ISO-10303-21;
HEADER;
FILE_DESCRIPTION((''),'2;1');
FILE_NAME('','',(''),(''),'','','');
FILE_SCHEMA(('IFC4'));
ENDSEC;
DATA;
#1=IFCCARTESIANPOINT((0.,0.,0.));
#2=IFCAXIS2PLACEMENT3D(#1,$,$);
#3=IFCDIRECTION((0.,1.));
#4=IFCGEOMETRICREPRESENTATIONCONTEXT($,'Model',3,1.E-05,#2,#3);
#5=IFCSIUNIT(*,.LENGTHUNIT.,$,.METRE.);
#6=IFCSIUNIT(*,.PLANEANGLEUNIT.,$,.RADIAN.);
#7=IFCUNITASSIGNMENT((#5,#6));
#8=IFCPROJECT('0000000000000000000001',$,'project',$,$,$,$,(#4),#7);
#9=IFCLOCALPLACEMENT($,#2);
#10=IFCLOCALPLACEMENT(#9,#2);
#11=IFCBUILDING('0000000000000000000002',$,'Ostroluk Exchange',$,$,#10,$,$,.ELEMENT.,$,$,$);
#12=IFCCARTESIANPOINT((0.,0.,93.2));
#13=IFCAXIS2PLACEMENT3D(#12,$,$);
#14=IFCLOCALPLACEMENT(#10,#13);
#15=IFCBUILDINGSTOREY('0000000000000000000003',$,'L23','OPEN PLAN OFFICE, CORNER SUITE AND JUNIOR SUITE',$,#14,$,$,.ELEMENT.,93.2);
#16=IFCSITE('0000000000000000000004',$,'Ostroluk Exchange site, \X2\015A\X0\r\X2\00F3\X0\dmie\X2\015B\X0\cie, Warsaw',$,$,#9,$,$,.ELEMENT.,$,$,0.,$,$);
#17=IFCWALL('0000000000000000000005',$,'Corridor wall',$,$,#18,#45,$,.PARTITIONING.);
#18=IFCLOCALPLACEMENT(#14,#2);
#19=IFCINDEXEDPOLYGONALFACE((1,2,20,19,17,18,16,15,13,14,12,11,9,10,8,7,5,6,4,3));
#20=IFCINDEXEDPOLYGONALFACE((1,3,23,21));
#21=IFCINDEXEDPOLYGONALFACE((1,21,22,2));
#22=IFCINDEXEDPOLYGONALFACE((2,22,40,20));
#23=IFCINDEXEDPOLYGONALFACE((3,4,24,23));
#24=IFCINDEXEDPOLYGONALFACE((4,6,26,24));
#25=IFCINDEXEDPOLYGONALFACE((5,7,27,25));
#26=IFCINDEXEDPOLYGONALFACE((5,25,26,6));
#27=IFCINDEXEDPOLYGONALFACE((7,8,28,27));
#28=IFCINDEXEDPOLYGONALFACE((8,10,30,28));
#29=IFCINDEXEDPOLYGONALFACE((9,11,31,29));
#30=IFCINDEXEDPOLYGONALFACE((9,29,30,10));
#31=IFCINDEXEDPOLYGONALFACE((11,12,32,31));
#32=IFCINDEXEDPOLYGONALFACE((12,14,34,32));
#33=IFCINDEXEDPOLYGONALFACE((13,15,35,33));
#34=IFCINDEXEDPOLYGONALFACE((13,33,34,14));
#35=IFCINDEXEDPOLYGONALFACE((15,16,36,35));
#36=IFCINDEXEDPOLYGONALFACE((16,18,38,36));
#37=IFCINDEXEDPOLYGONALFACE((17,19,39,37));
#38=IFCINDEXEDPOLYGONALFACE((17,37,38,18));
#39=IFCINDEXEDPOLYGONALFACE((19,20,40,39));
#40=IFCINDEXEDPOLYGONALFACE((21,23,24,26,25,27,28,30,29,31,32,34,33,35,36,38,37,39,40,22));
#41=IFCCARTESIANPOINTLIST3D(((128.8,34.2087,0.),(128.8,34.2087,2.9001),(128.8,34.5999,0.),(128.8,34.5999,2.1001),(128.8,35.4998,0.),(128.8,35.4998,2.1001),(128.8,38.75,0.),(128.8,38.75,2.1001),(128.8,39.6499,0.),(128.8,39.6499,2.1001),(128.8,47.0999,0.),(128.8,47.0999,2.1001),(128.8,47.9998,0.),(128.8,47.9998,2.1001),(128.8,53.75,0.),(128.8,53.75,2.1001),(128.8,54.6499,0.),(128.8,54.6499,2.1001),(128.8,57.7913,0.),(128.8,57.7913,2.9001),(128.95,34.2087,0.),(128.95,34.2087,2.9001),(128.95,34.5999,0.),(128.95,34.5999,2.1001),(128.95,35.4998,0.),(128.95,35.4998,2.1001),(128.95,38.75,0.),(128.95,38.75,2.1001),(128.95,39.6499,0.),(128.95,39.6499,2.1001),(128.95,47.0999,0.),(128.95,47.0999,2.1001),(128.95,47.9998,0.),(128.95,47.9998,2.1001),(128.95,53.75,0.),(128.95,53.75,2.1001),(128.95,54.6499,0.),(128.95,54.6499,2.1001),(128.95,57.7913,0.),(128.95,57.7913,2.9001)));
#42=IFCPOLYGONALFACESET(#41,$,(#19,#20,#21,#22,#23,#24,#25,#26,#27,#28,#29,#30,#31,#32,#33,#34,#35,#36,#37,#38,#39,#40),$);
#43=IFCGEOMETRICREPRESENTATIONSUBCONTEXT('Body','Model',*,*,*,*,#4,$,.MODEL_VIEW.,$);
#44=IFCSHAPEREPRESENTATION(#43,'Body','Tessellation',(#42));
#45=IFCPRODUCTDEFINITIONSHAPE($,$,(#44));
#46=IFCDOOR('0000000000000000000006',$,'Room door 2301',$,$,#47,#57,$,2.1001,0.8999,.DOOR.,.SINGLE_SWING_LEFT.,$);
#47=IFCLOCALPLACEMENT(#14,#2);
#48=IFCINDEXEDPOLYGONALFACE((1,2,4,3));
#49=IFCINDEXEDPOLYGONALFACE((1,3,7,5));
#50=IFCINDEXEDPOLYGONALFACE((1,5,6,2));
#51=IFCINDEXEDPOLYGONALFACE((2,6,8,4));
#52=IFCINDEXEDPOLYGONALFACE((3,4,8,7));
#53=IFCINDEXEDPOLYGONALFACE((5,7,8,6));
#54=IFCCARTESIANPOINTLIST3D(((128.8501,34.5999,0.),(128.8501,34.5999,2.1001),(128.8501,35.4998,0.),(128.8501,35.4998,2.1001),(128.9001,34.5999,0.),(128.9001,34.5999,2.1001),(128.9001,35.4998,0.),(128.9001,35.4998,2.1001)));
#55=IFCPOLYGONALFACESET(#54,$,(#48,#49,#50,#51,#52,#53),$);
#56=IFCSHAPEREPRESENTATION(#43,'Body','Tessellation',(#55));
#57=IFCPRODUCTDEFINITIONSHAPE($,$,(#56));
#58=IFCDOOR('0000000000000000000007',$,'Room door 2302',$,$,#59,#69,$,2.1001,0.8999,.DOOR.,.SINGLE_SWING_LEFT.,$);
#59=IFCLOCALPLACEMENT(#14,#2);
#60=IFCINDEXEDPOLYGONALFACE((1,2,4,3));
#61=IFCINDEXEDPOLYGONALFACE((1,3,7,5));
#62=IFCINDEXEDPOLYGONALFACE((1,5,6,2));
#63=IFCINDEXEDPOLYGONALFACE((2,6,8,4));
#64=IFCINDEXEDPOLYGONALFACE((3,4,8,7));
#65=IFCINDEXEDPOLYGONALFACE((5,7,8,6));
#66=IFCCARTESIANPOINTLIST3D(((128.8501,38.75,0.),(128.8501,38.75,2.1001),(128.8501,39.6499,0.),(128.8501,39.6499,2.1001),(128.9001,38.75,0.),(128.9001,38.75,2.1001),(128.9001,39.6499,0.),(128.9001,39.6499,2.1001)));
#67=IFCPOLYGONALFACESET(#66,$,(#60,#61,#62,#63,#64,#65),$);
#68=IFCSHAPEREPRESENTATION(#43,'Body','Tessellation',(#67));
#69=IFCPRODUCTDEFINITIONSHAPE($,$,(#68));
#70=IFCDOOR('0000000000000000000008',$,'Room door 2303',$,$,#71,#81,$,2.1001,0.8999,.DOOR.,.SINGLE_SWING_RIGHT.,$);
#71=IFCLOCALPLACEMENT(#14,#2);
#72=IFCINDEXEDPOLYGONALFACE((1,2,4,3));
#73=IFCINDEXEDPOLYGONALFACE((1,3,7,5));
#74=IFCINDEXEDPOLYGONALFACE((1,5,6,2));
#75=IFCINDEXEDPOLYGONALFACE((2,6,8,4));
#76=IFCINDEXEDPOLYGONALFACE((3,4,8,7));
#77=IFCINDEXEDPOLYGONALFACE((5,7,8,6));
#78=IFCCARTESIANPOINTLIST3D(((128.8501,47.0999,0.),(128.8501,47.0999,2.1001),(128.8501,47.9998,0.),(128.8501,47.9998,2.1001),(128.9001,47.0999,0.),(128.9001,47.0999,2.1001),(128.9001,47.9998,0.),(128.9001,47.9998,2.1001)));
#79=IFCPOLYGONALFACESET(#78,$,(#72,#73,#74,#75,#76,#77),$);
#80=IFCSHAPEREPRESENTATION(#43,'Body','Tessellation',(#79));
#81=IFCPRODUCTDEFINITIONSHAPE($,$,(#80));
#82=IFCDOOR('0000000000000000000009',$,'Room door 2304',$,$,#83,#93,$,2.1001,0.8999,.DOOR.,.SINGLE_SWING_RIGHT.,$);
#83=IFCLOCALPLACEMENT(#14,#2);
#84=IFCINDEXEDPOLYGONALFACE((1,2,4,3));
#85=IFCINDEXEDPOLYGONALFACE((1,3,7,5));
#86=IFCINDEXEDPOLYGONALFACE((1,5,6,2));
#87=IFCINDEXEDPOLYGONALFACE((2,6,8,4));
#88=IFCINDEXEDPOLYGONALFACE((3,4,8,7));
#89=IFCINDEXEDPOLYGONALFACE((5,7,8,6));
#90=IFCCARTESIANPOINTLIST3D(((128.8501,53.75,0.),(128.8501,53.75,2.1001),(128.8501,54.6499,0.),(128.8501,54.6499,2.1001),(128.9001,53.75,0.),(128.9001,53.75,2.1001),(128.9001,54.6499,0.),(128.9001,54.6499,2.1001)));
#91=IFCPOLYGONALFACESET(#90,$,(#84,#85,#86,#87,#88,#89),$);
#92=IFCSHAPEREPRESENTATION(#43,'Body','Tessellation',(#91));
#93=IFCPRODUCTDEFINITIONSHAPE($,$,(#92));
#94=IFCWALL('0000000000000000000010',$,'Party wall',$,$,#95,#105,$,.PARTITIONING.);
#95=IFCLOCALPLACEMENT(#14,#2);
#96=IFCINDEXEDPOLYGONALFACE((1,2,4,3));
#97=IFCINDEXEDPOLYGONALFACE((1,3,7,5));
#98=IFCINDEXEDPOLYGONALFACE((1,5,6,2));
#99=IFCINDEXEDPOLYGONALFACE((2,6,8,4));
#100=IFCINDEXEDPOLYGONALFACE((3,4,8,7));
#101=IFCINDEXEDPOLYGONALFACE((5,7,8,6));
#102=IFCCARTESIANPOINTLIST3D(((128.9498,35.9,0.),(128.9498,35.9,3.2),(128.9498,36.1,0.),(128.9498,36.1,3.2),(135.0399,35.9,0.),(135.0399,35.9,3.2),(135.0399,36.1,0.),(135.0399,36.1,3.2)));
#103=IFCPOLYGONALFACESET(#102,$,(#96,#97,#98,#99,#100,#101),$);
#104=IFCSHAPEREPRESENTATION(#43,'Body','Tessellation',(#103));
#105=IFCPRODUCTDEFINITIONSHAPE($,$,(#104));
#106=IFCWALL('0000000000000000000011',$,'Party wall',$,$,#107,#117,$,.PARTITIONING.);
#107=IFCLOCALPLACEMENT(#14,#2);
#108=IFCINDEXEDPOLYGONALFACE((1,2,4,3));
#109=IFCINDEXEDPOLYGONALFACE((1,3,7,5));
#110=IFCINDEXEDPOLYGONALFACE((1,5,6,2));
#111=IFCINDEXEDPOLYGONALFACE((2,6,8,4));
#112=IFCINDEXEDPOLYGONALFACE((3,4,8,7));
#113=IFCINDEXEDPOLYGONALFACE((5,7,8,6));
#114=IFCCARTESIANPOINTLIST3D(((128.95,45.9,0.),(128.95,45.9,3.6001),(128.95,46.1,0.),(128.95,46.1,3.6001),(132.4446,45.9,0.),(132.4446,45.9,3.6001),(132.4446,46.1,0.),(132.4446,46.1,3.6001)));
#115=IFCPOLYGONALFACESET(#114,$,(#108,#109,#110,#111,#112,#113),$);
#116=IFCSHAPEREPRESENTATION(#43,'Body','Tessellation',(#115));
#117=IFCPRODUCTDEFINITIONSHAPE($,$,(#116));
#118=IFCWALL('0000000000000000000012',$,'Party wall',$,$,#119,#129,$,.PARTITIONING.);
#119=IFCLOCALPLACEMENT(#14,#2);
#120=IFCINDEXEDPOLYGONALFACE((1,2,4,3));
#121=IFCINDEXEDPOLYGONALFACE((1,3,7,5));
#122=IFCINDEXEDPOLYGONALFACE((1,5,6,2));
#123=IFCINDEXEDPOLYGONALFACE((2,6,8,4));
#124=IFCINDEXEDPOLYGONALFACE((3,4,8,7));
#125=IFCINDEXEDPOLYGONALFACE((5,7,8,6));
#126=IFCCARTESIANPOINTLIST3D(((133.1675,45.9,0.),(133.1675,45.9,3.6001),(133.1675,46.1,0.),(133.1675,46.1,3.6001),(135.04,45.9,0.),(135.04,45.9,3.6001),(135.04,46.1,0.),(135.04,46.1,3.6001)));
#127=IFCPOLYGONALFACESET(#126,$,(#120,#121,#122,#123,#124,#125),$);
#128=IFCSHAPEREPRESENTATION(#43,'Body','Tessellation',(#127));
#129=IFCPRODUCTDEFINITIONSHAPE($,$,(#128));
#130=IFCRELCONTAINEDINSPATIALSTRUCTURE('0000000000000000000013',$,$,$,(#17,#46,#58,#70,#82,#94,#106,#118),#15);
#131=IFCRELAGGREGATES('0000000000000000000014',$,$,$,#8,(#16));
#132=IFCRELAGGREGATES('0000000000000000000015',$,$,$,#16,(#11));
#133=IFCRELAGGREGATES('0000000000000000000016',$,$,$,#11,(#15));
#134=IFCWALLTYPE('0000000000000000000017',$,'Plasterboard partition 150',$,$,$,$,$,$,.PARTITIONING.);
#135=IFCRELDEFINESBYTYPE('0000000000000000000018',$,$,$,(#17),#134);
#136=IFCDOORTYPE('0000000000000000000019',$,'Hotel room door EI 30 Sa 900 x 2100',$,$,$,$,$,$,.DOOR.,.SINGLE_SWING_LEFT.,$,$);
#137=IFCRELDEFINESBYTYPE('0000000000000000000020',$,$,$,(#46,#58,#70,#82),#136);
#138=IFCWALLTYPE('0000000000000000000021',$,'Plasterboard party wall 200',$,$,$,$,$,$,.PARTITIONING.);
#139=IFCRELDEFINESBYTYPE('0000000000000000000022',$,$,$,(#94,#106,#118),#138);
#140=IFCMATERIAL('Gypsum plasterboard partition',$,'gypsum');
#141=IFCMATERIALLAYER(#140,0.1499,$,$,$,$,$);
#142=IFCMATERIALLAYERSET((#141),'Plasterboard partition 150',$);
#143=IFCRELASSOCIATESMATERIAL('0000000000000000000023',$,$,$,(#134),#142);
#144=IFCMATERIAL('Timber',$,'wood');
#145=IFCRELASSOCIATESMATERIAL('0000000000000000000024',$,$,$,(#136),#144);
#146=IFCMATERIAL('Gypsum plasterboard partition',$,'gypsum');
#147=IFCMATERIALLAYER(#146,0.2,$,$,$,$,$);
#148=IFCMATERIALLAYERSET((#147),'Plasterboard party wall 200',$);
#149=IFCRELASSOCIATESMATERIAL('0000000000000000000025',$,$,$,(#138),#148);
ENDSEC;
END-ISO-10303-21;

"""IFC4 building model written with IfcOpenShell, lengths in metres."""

from ifc_helpers import new_model, si_unit, direction, frame, frame_2d, origin, place, context, subcontext, project, spatial, rectangle, extrude, material, layer, layer_set, type_object, element, fill, save


model = new_model("IFC4")

# Units and contexts
model_context = context("Model", 3, precision=1e-05, world=origin(), true_north=direction((0.0, 1.0)))
body_context = subcontext(model_context, "Body", "Model", "MODEL_VIEW")
ifc_project = project(units=[si_unit("LENGTHUNIT", "METRE"), si_unit("PLANEANGLEUNIT", "RADIAN")], contexts=[model_context])

# Site, building, storey
site_placement = place(None, origin())
site = spatial("IfcSite", under=ifc_project, at=site_placement, Name="Ostroluk Exchange site, Śródmieście, Warsaw", CompositionType="ELEMENT", RefElevation=0.0)
building_placement = place(site_placement, origin())
building = spatial("IfcBuilding", under=site, at=building_placement, Name="Ostroluk Exchange", CompositionType="ELEMENT")
storey_placement = place(building_placement, frame((0.0, 0.0, 93.2)))
storey = spatial("IfcBuildingStorey", under=building, at=storey_placement, Name="L23", Description="OPEN PLAN OFFICE, CORNER SUITE AND JUNIOR SUITE", CompositionType="ELEMENT", Elevation=93.2)

# Wall, openings, doors
ifc_material_1 = material(Name="Gypsum plasterboard partition", Category="gypsum")
ifc_layer_1 = layer(ifc_material_1, 0.1499)
ifc_layer_set_1 = layer_set([ifc_layer_1], Name="Plasterboard partition 150")
wall_type_1 = type_object("IfcWallType", Name="Plasterboard partition 150", PredefinedType="PARTITIONING", material=ifc_layer_set_1)
wall_1_placement = place(storey_placement, frame((128.875, 34.2087, 0.0), z_axis=(0.0, 0.0, 1.0), x_axis=(0.0, 1.0, 0.0)))
wall_1 = element("IfcWall", 1, at=wall_1_placement, inside=storey, type_object=wall_type_1, Name="Corridor wall", PredefinedType="PARTITIONING", context=body_context, shape_type="SweptSolid", body=[
    extrude(rectangle(XDim=23.5825, YDim=0.1499, at=frame_2d((11.7913, 0.0))), origin(), (0.0, 0.0, 1.0), 2.9001),
])
opening_1_placement = place(wall_1_placement, frame((0.3911, 0.0, 0.0)))
opening_1 = element("IfcOpeningElement", 2, at=opening_1_placement, cuts=wall_1, PredefinedType="OPENING", context=body_context, shape_type="SweptSolid", body=[
    extrude(rectangle(XDim=0.8999, YDim=2.1001, at=frame_2d((0.45, 1.05))), frame((0.0, 0.085, 0.0), z_axis=(0.0, -1.0, 0.0), x_axis=(1.0, 0.0, 0.0)), (0.0, 0.0, 1.0), 0.1699),
])
opening_2_placement = place(wall_1_placement, frame((4.5413, 0.0, 0.0)))
opening_2 = element("IfcOpeningElement", 3, at=opening_2_placement, cuts=wall_1, PredefinedType="OPENING", context=body_context, shape_type="SweptSolid", body=[
    extrude(rectangle(XDim=0.8999, YDim=2.1001, at=frame_2d((0.45, 1.05))), frame((0.0, 0.085, 0.0), z_axis=(0.0, -1.0, 0.0), x_axis=(1.0, 0.0, 0.0)), (0.0, 0.0, 1.0), 0.1699),
])
opening_3_placement = place(wall_1_placement, frame((12.8911, 0.0, 0.0)))
opening_3 = element("IfcOpeningElement", 4, at=opening_3_placement, cuts=wall_1, PredefinedType="OPENING", context=body_context, shape_type="SweptSolid", body=[
    extrude(rectangle(XDim=0.8999, YDim=2.1001, at=frame_2d((0.45, 1.05))), frame((0.0, 0.085, 0.0), z_axis=(0.0, -1.0, 0.0), x_axis=(1.0, 0.0, 0.0)), (0.0, 0.0, 1.0), 0.1699),
])
opening_4_placement = place(wall_1_placement, frame((19.5413, 0.0, 0.0)))
opening_4 = element("IfcOpeningElement", 5, at=opening_4_placement, cuts=wall_1, PredefinedType="OPENING", context=body_context, shape_type="SweptSolid", body=[
    extrude(rectangle(XDim=0.8999, YDim=2.1001, at=frame_2d((0.45, 1.05))), frame((0.0, 0.085, 0.0), z_axis=(0.0, -1.0, 0.0), x_axis=(1.0, 0.0, 0.0)), (0.0, 0.0, 1.0), 0.1699),
])
ifc_material_2 = material(Name="Timber", Category="wood")
door_type_1 = type_object("IfcDoorType", Name="Hotel room door EI 30 Sa 900 x 2100", OperationType="SINGLE_SWING_LEFT", PredefinedType="DOOR", material=ifc_material_2)
door_1_placement = place(opening_1_placement, origin())
door_1 = element("IfcDoor", 6, at=door_1_placement, inside=storey, type_object=door_type_1, Name="Room door 2301", OperationType="SINGLE_SWING_LEFT", OverallHeight=2.1001, OverallWidth=0.8999, PredefinedType="DOOR", context=body_context, shape_type="SweptSolid", body=[
    extrude(rectangle(XDim=0.8999, YDim=2.1001, at=frame_2d((0.45, 1.05))), frame((0.0, 0.0249, 0.0), z_axis=(0.0, -1.0, 0.0), x_axis=(1.0, 0.0, 0.0)), (0.0, 0.0, 1.0), 0.05),
])
fill(opening_1, door_1)
door_2_placement = place(opening_2_placement, origin())
door_2 = element("IfcDoor", 7, at=door_2_placement, inside=storey, type_object=door_type_1, Name="Room door 2302", OperationType="SINGLE_SWING_LEFT", OverallHeight=2.1001, OverallWidth=0.8999, PredefinedType="DOOR", context=body_context, shape_type="SweptSolid", body=[
    extrude(rectangle(XDim=0.8999, YDim=2.1001, at=frame_2d((0.45, 1.05))), frame((0.0, 0.0249, 0.0), z_axis=(0.0, -1.0, 0.0), x_axis=(1.0, 0.0, 0.0)), (0.0, 0.0, 1.0), 0.05),
])
fill(opening_2, door_2)
door_3_placement = place(opening_3_placement, origin())
door_3 = element("IfcDoor", 8, at=door_3_placement, inside=storey, type_object=door_type_1, Name="Room door 2303", OperationType="SINGLE_SWING_RIGHT", OverallHeight=2.1001, OverallWidth=0.8999, PredefinedType="DOOR", context=body_context, shape_type="SweptSolid", body=[
    extrude(rectangle(XDim=0.8999, YDim=2.1001, at=frame_2d((0.45, 1.05))), frame((0.0, 0.0249, 0.0), z_axis=(0.0, -1.0, 0.0), x_axis=(1.0, 0.0, 0.0)), (0.0, 0.0, 1.0), 0.05),
])
fill(opening_3, door_3)
door_4_placement = place(opening_4_placement, origin())
door_4 = element("IfcDoor", 9, at=door_4_placement, inside=storey, type_object=door_type_1, Name="Room door 2304", OperationType="SINGLE_SWING_RIGHT", OverallHeight=2.1001, OverallWidth=0.8999, PredefinedType="DOOR", context=body_context, shape_type="SweptSolid", body=[
    extrude(rectangle(XDim=0.8999, YDim=2.1001, at=frame_2d((0.45, 1.05))), frame((0.0, 0.0249, 0.0), z_axis=(0.0, -1.0, 0.0), x_axis=(1.0, 0.0, 0.0)), (0.0, 0.0, 1.0), 0.05),
])
fill(opening_4, door_4)

# Walls
ifc_material_3 = material(Name="Gypsum plasterboard partition", Category="gypsum")
ifc_layer_2 = layer(ifc_material_3, 0.2)
ifc_layer_set_2 = layer_set([ifc_layer_2], Name="Plasterboard party wall 200")
wall_type_2 = type_object("IfcWallType", Name="Plasterboard party wall 200", PredefinedType="PARTITIONING", material=ifc_layer_set_2)
wall_2_placement = place(storey_placement, frame((128.95, 36.0, 0.0), z_axis=(0.0, 0.0, 1.0), x_axis=(1.0, 0.0, 0.0)))
element("IfcWall", 10, at=wall_2_placement, inside=storey, type_object=wall_type_2, Name="Party wall", PredefinedType="PARTITIONING", context=body_context, shape_type="SweptSolid", body=[
    extrude(rectangle(XDim=6.0901, YDim=0.2, at=frame_2d((3.0449, 0.0))), origin(), (0.0, 0.0, 1.0), 3.2),
])
wall_3_placement = place(storey_placement, frame((128.95, 46.0, 0.0), z_axis=(0.0, 0.0, 1.0), x_axis=(1.0, 0.0, 0.0)))
element("IfcWall", 11, at=wall_3_placement, inside=storey, type_object=wall_type_2, Name="Party wall", PredefinedType="PARTITIONING", context=body_context, shape_type="SweptSolid", body=[
    extrude(rectangle(XDim=3.4946, YDim=0.2, at=frame_2d((1.7473, 0.0))), origin(), (0.0, 0.0, 1.0), 3.6001),
])
wall_4_placement = place(storey_placement, frame((133.1675, 46.0, 0.0), z_axis=(0.0, 0.0, 1.0), x_axis=(1.0, 0.0, 0.0)))
element("IfcWall", 12, at=wall_4_placement, inside=storey, type_object=wall_type_2, Name="Party wall", PredefinedType="PARTITIONING", context=body_context, shape_type="SweptSolid", body=[
    extrude(rectangle(XDim=1.8726, YDim=0.2, at=frame_2d((0.9363, 0.0))), origin(), (0.0, 0.0, 1.0), 3.6001),
])

save(model, "model.ifc")
